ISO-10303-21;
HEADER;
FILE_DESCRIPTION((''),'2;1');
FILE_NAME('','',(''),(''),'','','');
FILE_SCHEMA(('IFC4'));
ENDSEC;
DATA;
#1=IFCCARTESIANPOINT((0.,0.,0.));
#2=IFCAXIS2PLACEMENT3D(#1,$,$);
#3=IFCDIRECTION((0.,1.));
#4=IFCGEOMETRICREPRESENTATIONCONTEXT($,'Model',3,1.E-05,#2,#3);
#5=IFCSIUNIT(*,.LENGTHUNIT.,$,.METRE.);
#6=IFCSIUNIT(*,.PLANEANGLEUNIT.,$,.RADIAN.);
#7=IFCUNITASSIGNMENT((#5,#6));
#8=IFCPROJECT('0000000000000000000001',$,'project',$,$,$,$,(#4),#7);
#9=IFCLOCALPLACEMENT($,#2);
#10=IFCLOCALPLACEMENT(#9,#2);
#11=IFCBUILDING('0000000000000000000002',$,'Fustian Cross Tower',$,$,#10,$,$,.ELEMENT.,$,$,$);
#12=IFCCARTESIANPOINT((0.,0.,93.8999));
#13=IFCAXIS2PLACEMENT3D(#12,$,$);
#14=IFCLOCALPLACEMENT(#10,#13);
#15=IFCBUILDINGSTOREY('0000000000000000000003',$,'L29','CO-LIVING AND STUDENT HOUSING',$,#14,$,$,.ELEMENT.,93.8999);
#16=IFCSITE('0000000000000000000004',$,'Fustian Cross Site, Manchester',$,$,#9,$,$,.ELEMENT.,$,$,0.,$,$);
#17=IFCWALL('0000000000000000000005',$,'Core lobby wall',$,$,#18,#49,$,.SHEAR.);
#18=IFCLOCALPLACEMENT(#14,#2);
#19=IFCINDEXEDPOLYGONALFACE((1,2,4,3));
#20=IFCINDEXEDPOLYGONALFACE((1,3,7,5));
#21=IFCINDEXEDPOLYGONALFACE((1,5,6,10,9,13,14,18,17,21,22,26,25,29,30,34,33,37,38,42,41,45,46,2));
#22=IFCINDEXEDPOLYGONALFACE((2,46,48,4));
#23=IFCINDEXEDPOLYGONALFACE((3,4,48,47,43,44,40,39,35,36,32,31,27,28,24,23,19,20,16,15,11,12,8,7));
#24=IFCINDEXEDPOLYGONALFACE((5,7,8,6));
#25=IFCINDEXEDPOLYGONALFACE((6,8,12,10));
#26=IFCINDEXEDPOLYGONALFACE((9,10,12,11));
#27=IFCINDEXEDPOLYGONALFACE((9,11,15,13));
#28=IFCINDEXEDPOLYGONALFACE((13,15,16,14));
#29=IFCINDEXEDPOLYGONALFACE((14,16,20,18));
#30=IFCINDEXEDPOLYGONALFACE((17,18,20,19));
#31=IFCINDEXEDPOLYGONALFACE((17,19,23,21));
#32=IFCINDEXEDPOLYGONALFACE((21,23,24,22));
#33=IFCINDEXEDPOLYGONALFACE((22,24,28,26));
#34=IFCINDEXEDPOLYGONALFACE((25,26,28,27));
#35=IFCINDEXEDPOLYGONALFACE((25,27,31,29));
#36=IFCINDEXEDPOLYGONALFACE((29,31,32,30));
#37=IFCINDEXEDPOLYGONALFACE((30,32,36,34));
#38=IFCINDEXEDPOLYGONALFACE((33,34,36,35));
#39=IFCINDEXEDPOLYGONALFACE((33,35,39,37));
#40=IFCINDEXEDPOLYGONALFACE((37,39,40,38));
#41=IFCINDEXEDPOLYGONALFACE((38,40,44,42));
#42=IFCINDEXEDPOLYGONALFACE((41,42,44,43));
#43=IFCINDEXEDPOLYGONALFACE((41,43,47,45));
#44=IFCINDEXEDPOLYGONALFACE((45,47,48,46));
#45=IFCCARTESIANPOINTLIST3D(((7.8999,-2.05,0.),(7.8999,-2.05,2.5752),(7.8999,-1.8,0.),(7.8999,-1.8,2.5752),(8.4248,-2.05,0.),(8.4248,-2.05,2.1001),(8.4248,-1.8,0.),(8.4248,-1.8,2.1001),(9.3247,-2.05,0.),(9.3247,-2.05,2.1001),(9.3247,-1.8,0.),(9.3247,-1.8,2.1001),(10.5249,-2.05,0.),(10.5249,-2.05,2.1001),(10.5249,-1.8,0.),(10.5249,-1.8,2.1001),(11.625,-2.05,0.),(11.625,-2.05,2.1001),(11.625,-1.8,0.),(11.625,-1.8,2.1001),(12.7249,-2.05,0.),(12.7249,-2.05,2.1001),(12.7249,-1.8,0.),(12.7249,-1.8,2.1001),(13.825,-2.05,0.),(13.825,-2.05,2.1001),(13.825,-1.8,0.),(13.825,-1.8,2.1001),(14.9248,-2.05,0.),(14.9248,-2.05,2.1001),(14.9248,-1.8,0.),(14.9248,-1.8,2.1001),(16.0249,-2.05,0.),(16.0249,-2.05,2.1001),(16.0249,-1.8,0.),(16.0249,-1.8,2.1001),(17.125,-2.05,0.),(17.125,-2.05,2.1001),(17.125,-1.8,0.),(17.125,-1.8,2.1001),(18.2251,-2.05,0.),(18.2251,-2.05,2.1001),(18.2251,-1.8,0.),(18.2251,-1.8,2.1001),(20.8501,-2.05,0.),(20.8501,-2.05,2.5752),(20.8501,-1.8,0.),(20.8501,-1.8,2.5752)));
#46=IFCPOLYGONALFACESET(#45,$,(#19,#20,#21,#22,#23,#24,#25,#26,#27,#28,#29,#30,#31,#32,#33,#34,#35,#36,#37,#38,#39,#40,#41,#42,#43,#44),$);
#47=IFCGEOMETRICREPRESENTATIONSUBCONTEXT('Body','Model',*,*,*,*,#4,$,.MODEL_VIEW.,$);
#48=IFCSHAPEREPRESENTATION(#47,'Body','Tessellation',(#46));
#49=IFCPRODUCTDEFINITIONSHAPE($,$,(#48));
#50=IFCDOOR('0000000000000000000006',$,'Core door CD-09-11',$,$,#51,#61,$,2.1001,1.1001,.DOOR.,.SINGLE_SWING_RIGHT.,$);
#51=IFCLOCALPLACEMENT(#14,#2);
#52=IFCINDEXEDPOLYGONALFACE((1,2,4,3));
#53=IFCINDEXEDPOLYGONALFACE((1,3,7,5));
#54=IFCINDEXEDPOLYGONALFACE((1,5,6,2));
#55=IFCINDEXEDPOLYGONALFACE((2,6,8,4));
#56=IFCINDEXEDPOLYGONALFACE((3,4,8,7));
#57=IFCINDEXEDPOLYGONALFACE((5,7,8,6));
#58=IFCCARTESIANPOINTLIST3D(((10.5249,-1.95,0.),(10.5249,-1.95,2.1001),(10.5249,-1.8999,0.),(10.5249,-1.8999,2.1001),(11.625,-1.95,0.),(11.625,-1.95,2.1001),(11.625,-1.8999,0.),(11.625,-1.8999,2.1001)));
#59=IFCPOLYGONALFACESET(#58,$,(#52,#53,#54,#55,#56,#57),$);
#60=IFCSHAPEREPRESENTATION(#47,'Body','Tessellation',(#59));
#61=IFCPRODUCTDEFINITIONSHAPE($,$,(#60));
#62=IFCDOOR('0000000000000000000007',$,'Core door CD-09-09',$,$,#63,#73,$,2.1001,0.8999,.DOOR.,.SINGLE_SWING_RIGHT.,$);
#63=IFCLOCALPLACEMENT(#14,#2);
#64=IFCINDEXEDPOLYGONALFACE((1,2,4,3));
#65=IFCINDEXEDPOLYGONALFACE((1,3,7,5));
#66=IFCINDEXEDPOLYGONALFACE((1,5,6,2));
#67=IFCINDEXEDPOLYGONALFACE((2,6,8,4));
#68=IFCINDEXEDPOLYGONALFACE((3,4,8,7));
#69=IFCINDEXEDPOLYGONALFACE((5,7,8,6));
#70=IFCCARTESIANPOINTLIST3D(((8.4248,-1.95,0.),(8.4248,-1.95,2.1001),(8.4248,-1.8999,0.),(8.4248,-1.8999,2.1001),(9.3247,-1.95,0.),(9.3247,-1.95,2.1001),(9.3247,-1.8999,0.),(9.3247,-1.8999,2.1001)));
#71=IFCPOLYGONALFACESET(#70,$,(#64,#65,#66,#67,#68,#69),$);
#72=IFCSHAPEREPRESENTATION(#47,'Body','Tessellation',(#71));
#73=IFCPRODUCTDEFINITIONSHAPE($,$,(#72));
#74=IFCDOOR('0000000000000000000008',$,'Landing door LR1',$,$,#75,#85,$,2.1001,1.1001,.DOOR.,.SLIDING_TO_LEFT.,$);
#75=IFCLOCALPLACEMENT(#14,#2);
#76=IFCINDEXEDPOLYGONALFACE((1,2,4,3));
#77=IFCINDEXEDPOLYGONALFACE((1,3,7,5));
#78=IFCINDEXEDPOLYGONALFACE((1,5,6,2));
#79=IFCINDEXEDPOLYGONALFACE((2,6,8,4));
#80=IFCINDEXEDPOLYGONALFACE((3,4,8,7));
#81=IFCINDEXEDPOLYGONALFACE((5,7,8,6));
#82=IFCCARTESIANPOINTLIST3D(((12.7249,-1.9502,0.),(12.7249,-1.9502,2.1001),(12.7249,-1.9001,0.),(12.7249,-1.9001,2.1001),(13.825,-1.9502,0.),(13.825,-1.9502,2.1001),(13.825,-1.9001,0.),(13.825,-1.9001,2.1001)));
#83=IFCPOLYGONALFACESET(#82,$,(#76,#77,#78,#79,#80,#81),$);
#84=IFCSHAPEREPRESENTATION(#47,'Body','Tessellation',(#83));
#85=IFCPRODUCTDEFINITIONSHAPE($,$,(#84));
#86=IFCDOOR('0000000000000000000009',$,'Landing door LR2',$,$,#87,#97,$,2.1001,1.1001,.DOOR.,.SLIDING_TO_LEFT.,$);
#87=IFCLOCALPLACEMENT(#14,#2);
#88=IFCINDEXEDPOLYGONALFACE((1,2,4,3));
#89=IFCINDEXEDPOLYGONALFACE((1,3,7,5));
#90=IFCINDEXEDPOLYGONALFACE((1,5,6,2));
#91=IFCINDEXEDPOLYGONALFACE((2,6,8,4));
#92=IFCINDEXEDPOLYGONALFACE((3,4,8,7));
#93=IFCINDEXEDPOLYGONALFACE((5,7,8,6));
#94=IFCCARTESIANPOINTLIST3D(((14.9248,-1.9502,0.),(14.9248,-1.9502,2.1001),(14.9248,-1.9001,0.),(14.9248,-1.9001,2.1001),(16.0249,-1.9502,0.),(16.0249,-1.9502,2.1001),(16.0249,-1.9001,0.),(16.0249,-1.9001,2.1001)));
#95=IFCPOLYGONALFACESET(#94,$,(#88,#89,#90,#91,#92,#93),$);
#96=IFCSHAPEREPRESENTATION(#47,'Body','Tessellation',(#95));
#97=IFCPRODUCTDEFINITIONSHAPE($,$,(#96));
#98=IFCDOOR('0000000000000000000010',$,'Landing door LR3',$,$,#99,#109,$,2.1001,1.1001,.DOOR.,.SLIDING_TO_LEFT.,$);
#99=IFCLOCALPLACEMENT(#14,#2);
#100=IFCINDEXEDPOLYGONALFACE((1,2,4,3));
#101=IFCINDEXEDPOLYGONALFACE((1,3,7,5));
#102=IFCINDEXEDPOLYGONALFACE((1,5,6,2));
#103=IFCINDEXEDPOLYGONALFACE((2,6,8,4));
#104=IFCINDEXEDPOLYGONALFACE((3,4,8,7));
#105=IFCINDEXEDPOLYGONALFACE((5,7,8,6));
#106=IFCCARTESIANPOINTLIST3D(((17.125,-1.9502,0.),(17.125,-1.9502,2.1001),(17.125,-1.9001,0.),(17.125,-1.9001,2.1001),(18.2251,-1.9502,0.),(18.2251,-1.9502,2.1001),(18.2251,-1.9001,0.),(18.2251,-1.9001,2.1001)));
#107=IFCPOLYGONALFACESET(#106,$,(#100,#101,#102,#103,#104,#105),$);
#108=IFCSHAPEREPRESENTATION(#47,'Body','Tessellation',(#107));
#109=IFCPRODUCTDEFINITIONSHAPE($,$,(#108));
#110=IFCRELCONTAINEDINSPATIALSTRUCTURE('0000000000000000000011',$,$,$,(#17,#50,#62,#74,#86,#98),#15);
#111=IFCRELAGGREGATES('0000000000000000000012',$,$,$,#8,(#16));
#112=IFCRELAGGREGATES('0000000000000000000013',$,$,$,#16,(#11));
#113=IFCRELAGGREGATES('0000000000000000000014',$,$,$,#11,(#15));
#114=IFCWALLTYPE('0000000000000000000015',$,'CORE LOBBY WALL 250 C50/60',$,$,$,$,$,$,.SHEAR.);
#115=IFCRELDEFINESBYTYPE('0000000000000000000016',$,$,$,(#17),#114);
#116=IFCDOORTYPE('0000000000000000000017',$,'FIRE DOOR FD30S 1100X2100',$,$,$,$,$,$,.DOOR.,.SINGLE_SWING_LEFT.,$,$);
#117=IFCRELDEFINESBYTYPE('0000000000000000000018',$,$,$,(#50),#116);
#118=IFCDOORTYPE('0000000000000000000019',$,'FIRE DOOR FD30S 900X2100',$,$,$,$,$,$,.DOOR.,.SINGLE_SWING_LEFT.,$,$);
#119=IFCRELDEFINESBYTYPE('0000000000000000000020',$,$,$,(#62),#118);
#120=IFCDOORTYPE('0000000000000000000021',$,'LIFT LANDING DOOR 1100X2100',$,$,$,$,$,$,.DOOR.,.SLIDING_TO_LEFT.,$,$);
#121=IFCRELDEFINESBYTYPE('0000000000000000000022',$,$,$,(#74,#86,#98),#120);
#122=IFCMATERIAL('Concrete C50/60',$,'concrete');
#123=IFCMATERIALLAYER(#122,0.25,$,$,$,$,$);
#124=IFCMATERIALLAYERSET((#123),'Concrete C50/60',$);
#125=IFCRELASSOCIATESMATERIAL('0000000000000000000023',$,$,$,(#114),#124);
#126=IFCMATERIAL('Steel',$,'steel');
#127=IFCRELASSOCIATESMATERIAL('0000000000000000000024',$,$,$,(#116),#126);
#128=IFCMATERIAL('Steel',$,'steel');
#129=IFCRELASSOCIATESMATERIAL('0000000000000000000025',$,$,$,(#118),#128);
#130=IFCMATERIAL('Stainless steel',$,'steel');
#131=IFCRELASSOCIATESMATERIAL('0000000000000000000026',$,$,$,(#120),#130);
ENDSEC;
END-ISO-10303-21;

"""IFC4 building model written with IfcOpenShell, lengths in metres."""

from ifc_helpers import new_model, si_unit, direction, frame, frame_2d, origin, place, context, subcontext, project, spatial, rectangle, extrude, material, layer, layer_set, type_object, element, fill, save


model = new_model("IFC4")

# Units and contexts
model_context = context("Model", 3, precision=1e-05, world=origin(), true_north=direction((0.0, 1.0)))
body_context = subcontext(model_context, "Body", "Model", "MODEL_VIEW")
ifc_project = project(units=[si_unit("LENGTHUNIT", "METRE"), si_unit("PLANEANGLEUNIT", "RADIAN")], contexts=[model_context])

# Site, building, storey
site_placement = place(None, origin())
site = spatial("IfcSite", under=ifc_project, at=site_placement, Name="Fustian Cross Site, Manchester", CompositionType="ELEMENT", RefElevation=0.0)
building_placement = place(site_placement, origin())
building = spatial("IfcBuilding", under=site, at=building_placement, Name="Fustian Cross Tower", CompositionType="ELEMENT")
storey_placement = place(building_placement, frame((0.0, 0.0, 93.8999)))
storey = spatial("IfcBuildingStorey", under=building, at=storey_placement, Name="L29", Description="CO-LIVING AND STUDENT HOUSING", CompositionType="ELEMENT", Elevation=93.8999)

# Wall, openings, doors
ifc_material_1 = material(Name="Concrete C50/60", Category="concrete")
ifc_layer_1 = layer(ifc_material_1, 0.25)
ifc_layer_set_1 = layer_set([ifc_layer_1], Name="Concrete C50/60")
wall_type_1 = type_object("IfcWallType", Name="CORE LOBBY WALL 250 C50/60", PredefinedType="SHEAR", material=ifc_layer_set_1)
wall_1_placement = place(storey_placement, frame((7.8999, -1.925, 0.0), z_axis=(0.0, 0.0, 1.0), x_axis=(1.0, 0.0, 0.0)))
wall_1 = element("IfcWall", 1, at=wall_1_placement, inside=storey, type_object=wall_type_1, Name="Core lobby wall", PredefinedType="SHEAR", context=body_context, shape_type="SweptSolid", body=[
    extrude(rectangle(XDim=12.9502, YDim=0.25, at=frame_2d((6.4751, 0.0))), origin(), (0.0, 0.0, 1.0), 2.5752),
])
opening_1_placement = place(wall_1_placement, frame((4.825, 0.0, 0.0)))
opening_1 = element("IfcOpeningElement", 2, at=opening_1_placement, cuts=wall_1, PredefinedType="OPENING", context=body_context, shape_type="SweptSolid", body=[
    extrude(rectangle(XDim=1.1001, YDim=2.1001, at=frame_2d((0.55, 1.05))), frame((0.0, 0.135, 0.0), z_axis=(0.0, -1.0, 0.0), x_axis=(1.0, 0.0, 0.0)), (0.0, 0.0, 1.0), 0.27),
])
opening_2_placement = place(wall_1_placement, frame((7.0249, 0.0, 0.0)))
opening_2 = element("IfcOpeningElement", 3, at=opening_2_placement, cuts=wall_1, PredefinedType="OPENING", context=body_context, shape_type="SweptSolid", body=[
    extrude(rectangle(XDim=1.1001, YDim=2.1001, at=frame_2d((0.55, 1.05))), frame((0.0, 0.135, 0.0), z_axis=(0.0, -1.0, 0.0), x_axis=(1.0, 0.0, 0.0)), (0.0, 0.0, 1.0), 0.27),
])
opening_3_placement = place(wall_1_placement, frame((9.2251, 0.0, 0.0)))
opening_3 = element("IfcOpeningElement", 4, at=opening_3_placement, cuts=wall_1, PredefinedType="OPENING", context=body_context, shape_type="SweptSolid", body=[
    extrude(rectangle(XDim=1.1001, YDim=2.1001, at=frame_2d((0.55, 1.05))), frame((0.0, 0.135, 0.0), z_axis=(0.0, -1.0, 0.0), x_axis=(1.0, 0.0, 0.0)), (0.0, 0.0, 1.0), 0.27),
])
opening_4_placement = place(wall_1_placement, frame((0.5249, 0.0, 0.0)))
opening_4 = element("IfcOpeningElement", 5, at=opening_4_placement, cuts=wall_1, PredefinedType="OPENING", context=body_context, shape_type="SweptSolid", body=[
    extrude(rectangle(XDim=0.8999, YDim=2.1001, at=frame_2d((0.45, 1.05))), frame((0.0, 0.135, 0.0), z_axis=(0.0, -1.0, 0.0), x_axis=(1.0, 0.0, 0.0)), (0.0, 0.0, 1.0), 0.27),
])
opening_5_placement = place(wall_1_placement, frame((2.625, 0.0, 0.0)))
opening_5 = element("IfcOpeningElement", 6, at=opening_5_placement, cuts=wall_1, PredefinedType="OPENING", context=body_context, shape_type="SweptSolid", body=[
    extrude(rectangle(XDim=1.1001, YDim=2.1001, at=frame_2d((0.55, 1.05))), frame((0.0, 0.135, 0.0), z_axis=(0.0, -1.0, 0.0), x_axis=(1.0, 0.0, 0.0)), (0.0, 0.0, 1.0), 0.27),
])
ifc_material_2 = material(Name="Steel", Category="steel")
door_type_1 = type_object("IfcDoorType", Name="FIRE DOOR FD30S 1100X2100", OperationType="SINGLE_SWING_LEFT", PredefinedType="DOOR", material=ifc_material_2)
door_1_placement = place(opening_5_placement, frame((1.1001, 0.0, 0.0), z_axis=(0.0, 0.0, 1.0), x_axis=(-1.0, 0.0, 0.0)))
door_1 = element("IfcDoor", 7, at=door_1_placement, inside=storey, type_object=door_type_1, Name="Core door CD-09-11", OperationType="SINGLE_SWING_RIGHT", OverallHeight=2.1001, OverallWidth=1.1001, PredefinedType="DOOR", context=body_context, shape_type="SweptSolid", body=[
    extrude(rectangle(XDim=1.1001, YDim=2.1001, at=frame_2d((0.55, 1.05))), frame((0.0, 0.0249, 0.0), z_axis=(0.0, -1.0, 0.0), x_axis=(1.0, 0.0, 0.0)), (0.0, 0.0, 1.0), 0.05),
])
fill(opening_5, door_1)
ifc_material_3 = material(Name="Steel", Category="steel")
door_type_2 = type_object("IfcDoorType", Name="FIRE DOOR FD30S 900X2100", OperationType="SINGLE_SWING_LEFT", PredefinedType="DOOR", material=ifc_material_3)
door_2_placement = place(opening_4_placement, frame((0.8999, 0.0, 0.0), z_axis=(0.0, 0.0, 1.0), x_axis=(-1.0, 0.0, 0.0)))
door_2 = element("IfcDoor", 8, at=door_2_placement, inside=storey, type_object=door_type_2, Name="Core door CD-09-09", OperationType="SINGLE_SWING_RIGHT", OverallHeight=2.1001, OverallWidth=0.8999, PredefinedType="DOOR", context=body_context, shape_type="SweptSolid", body=[
    extrude(rectangle(XDim=0.8999, YDim=2.1001, at=frame_2d((0.45, 1.05))), frame((0.0, 0.0249, 0.0), z_axis=(0.0, -1.0, 0.0), x_axis=(1.0, 0.0, 0.0)), (0.0, 0.0, 1.0), 0.05),
])
fill(opening_4, door_2)
ifc_material_4 = material(Name="Stainless steel", Category="steel")
door_type_3 = type_object("IfcDoorType", Name="LIFT LANDING DOOR 1100X2100", OperationType="SLIDING_TO_LEFT", PredefinedType="DOOR", material=ifc_material_4)
door_3_placement = place(opening_1_placement, origin())
door_3 = element("IfcDoor", 9, at=door_3_placement, inside=storey, type_object=door_type_3, Name="Landing door LR1", OperationType="SLIDING_TO_LEFT", OverallHeight=2.1001, OverallWidth=1.1001, PredefinedType="DOOR", context=body_context, shape_type="SweptSolid", body=[
    extrude(rectangle(XDim=1.1001, YDim=2.1001, at=frame_2d((0.55, 1.05))), frame((0.0, 0.0249, 0.0), z_axis=(0.0, -1.0, 0.0), x_axis=(1.0, 0.0, 0.0)), (0.0, 0.0, 1.0), 0.05),
])
fill(opening_1, door_3)
door_4_placement = place(opening_2_placement, origin())
door_4 = element("IfcDoor", 10, at=door_4_placement, inside=storey, type_object=door_type_3, Name="Landing door LR2", OperationType="SLIDING_TO_LEFT", OverallHeight=2.1001, OverallWidth=1.1001, PredefinedType="DOOR", context=body_context, shape_type="SweptSolid", body=[
    extrude(rectangle(XDim=1.1001, YDim=2.1001, at=frame_2d((0.55, 1.05))), frame((0.0, 0.0249, 0.0), z_axis=(0.0, -1.0, 0.0), x_axis=(1.0, 0.0, 0.0)), (0.0, 0.0, 1.0), 0.05),
])
fill(opening_2, door_4)
door_5_placement = place(opening_3_placement, origin())
door_5 = element("IfcDoor", 11, at=door_5_placement, inside=storey, type_object=door_type_3, Name="Landing door LR3", OperationType="SLIDING_TO_LEFT", OverallHeight=2.1001, OverallWidth=1.1001, PredefinedType="DOOR", context=body_context, shape_type="SweptSolid", body=[
    extrude(rectangle(XDim=1.1001, YDim=2.1001, at=frame_2d((0.55, 1.05))), frame((0.0, 0.0249, 0.0), z_axis=(0.0, -1.0, 0.0), x_axis=(1.0, 0.0, 0.0)), (0.0, 0.0, 1.0), 0.05),
])
fill(opening_3, door_5)

save(model, "model.ifc")
